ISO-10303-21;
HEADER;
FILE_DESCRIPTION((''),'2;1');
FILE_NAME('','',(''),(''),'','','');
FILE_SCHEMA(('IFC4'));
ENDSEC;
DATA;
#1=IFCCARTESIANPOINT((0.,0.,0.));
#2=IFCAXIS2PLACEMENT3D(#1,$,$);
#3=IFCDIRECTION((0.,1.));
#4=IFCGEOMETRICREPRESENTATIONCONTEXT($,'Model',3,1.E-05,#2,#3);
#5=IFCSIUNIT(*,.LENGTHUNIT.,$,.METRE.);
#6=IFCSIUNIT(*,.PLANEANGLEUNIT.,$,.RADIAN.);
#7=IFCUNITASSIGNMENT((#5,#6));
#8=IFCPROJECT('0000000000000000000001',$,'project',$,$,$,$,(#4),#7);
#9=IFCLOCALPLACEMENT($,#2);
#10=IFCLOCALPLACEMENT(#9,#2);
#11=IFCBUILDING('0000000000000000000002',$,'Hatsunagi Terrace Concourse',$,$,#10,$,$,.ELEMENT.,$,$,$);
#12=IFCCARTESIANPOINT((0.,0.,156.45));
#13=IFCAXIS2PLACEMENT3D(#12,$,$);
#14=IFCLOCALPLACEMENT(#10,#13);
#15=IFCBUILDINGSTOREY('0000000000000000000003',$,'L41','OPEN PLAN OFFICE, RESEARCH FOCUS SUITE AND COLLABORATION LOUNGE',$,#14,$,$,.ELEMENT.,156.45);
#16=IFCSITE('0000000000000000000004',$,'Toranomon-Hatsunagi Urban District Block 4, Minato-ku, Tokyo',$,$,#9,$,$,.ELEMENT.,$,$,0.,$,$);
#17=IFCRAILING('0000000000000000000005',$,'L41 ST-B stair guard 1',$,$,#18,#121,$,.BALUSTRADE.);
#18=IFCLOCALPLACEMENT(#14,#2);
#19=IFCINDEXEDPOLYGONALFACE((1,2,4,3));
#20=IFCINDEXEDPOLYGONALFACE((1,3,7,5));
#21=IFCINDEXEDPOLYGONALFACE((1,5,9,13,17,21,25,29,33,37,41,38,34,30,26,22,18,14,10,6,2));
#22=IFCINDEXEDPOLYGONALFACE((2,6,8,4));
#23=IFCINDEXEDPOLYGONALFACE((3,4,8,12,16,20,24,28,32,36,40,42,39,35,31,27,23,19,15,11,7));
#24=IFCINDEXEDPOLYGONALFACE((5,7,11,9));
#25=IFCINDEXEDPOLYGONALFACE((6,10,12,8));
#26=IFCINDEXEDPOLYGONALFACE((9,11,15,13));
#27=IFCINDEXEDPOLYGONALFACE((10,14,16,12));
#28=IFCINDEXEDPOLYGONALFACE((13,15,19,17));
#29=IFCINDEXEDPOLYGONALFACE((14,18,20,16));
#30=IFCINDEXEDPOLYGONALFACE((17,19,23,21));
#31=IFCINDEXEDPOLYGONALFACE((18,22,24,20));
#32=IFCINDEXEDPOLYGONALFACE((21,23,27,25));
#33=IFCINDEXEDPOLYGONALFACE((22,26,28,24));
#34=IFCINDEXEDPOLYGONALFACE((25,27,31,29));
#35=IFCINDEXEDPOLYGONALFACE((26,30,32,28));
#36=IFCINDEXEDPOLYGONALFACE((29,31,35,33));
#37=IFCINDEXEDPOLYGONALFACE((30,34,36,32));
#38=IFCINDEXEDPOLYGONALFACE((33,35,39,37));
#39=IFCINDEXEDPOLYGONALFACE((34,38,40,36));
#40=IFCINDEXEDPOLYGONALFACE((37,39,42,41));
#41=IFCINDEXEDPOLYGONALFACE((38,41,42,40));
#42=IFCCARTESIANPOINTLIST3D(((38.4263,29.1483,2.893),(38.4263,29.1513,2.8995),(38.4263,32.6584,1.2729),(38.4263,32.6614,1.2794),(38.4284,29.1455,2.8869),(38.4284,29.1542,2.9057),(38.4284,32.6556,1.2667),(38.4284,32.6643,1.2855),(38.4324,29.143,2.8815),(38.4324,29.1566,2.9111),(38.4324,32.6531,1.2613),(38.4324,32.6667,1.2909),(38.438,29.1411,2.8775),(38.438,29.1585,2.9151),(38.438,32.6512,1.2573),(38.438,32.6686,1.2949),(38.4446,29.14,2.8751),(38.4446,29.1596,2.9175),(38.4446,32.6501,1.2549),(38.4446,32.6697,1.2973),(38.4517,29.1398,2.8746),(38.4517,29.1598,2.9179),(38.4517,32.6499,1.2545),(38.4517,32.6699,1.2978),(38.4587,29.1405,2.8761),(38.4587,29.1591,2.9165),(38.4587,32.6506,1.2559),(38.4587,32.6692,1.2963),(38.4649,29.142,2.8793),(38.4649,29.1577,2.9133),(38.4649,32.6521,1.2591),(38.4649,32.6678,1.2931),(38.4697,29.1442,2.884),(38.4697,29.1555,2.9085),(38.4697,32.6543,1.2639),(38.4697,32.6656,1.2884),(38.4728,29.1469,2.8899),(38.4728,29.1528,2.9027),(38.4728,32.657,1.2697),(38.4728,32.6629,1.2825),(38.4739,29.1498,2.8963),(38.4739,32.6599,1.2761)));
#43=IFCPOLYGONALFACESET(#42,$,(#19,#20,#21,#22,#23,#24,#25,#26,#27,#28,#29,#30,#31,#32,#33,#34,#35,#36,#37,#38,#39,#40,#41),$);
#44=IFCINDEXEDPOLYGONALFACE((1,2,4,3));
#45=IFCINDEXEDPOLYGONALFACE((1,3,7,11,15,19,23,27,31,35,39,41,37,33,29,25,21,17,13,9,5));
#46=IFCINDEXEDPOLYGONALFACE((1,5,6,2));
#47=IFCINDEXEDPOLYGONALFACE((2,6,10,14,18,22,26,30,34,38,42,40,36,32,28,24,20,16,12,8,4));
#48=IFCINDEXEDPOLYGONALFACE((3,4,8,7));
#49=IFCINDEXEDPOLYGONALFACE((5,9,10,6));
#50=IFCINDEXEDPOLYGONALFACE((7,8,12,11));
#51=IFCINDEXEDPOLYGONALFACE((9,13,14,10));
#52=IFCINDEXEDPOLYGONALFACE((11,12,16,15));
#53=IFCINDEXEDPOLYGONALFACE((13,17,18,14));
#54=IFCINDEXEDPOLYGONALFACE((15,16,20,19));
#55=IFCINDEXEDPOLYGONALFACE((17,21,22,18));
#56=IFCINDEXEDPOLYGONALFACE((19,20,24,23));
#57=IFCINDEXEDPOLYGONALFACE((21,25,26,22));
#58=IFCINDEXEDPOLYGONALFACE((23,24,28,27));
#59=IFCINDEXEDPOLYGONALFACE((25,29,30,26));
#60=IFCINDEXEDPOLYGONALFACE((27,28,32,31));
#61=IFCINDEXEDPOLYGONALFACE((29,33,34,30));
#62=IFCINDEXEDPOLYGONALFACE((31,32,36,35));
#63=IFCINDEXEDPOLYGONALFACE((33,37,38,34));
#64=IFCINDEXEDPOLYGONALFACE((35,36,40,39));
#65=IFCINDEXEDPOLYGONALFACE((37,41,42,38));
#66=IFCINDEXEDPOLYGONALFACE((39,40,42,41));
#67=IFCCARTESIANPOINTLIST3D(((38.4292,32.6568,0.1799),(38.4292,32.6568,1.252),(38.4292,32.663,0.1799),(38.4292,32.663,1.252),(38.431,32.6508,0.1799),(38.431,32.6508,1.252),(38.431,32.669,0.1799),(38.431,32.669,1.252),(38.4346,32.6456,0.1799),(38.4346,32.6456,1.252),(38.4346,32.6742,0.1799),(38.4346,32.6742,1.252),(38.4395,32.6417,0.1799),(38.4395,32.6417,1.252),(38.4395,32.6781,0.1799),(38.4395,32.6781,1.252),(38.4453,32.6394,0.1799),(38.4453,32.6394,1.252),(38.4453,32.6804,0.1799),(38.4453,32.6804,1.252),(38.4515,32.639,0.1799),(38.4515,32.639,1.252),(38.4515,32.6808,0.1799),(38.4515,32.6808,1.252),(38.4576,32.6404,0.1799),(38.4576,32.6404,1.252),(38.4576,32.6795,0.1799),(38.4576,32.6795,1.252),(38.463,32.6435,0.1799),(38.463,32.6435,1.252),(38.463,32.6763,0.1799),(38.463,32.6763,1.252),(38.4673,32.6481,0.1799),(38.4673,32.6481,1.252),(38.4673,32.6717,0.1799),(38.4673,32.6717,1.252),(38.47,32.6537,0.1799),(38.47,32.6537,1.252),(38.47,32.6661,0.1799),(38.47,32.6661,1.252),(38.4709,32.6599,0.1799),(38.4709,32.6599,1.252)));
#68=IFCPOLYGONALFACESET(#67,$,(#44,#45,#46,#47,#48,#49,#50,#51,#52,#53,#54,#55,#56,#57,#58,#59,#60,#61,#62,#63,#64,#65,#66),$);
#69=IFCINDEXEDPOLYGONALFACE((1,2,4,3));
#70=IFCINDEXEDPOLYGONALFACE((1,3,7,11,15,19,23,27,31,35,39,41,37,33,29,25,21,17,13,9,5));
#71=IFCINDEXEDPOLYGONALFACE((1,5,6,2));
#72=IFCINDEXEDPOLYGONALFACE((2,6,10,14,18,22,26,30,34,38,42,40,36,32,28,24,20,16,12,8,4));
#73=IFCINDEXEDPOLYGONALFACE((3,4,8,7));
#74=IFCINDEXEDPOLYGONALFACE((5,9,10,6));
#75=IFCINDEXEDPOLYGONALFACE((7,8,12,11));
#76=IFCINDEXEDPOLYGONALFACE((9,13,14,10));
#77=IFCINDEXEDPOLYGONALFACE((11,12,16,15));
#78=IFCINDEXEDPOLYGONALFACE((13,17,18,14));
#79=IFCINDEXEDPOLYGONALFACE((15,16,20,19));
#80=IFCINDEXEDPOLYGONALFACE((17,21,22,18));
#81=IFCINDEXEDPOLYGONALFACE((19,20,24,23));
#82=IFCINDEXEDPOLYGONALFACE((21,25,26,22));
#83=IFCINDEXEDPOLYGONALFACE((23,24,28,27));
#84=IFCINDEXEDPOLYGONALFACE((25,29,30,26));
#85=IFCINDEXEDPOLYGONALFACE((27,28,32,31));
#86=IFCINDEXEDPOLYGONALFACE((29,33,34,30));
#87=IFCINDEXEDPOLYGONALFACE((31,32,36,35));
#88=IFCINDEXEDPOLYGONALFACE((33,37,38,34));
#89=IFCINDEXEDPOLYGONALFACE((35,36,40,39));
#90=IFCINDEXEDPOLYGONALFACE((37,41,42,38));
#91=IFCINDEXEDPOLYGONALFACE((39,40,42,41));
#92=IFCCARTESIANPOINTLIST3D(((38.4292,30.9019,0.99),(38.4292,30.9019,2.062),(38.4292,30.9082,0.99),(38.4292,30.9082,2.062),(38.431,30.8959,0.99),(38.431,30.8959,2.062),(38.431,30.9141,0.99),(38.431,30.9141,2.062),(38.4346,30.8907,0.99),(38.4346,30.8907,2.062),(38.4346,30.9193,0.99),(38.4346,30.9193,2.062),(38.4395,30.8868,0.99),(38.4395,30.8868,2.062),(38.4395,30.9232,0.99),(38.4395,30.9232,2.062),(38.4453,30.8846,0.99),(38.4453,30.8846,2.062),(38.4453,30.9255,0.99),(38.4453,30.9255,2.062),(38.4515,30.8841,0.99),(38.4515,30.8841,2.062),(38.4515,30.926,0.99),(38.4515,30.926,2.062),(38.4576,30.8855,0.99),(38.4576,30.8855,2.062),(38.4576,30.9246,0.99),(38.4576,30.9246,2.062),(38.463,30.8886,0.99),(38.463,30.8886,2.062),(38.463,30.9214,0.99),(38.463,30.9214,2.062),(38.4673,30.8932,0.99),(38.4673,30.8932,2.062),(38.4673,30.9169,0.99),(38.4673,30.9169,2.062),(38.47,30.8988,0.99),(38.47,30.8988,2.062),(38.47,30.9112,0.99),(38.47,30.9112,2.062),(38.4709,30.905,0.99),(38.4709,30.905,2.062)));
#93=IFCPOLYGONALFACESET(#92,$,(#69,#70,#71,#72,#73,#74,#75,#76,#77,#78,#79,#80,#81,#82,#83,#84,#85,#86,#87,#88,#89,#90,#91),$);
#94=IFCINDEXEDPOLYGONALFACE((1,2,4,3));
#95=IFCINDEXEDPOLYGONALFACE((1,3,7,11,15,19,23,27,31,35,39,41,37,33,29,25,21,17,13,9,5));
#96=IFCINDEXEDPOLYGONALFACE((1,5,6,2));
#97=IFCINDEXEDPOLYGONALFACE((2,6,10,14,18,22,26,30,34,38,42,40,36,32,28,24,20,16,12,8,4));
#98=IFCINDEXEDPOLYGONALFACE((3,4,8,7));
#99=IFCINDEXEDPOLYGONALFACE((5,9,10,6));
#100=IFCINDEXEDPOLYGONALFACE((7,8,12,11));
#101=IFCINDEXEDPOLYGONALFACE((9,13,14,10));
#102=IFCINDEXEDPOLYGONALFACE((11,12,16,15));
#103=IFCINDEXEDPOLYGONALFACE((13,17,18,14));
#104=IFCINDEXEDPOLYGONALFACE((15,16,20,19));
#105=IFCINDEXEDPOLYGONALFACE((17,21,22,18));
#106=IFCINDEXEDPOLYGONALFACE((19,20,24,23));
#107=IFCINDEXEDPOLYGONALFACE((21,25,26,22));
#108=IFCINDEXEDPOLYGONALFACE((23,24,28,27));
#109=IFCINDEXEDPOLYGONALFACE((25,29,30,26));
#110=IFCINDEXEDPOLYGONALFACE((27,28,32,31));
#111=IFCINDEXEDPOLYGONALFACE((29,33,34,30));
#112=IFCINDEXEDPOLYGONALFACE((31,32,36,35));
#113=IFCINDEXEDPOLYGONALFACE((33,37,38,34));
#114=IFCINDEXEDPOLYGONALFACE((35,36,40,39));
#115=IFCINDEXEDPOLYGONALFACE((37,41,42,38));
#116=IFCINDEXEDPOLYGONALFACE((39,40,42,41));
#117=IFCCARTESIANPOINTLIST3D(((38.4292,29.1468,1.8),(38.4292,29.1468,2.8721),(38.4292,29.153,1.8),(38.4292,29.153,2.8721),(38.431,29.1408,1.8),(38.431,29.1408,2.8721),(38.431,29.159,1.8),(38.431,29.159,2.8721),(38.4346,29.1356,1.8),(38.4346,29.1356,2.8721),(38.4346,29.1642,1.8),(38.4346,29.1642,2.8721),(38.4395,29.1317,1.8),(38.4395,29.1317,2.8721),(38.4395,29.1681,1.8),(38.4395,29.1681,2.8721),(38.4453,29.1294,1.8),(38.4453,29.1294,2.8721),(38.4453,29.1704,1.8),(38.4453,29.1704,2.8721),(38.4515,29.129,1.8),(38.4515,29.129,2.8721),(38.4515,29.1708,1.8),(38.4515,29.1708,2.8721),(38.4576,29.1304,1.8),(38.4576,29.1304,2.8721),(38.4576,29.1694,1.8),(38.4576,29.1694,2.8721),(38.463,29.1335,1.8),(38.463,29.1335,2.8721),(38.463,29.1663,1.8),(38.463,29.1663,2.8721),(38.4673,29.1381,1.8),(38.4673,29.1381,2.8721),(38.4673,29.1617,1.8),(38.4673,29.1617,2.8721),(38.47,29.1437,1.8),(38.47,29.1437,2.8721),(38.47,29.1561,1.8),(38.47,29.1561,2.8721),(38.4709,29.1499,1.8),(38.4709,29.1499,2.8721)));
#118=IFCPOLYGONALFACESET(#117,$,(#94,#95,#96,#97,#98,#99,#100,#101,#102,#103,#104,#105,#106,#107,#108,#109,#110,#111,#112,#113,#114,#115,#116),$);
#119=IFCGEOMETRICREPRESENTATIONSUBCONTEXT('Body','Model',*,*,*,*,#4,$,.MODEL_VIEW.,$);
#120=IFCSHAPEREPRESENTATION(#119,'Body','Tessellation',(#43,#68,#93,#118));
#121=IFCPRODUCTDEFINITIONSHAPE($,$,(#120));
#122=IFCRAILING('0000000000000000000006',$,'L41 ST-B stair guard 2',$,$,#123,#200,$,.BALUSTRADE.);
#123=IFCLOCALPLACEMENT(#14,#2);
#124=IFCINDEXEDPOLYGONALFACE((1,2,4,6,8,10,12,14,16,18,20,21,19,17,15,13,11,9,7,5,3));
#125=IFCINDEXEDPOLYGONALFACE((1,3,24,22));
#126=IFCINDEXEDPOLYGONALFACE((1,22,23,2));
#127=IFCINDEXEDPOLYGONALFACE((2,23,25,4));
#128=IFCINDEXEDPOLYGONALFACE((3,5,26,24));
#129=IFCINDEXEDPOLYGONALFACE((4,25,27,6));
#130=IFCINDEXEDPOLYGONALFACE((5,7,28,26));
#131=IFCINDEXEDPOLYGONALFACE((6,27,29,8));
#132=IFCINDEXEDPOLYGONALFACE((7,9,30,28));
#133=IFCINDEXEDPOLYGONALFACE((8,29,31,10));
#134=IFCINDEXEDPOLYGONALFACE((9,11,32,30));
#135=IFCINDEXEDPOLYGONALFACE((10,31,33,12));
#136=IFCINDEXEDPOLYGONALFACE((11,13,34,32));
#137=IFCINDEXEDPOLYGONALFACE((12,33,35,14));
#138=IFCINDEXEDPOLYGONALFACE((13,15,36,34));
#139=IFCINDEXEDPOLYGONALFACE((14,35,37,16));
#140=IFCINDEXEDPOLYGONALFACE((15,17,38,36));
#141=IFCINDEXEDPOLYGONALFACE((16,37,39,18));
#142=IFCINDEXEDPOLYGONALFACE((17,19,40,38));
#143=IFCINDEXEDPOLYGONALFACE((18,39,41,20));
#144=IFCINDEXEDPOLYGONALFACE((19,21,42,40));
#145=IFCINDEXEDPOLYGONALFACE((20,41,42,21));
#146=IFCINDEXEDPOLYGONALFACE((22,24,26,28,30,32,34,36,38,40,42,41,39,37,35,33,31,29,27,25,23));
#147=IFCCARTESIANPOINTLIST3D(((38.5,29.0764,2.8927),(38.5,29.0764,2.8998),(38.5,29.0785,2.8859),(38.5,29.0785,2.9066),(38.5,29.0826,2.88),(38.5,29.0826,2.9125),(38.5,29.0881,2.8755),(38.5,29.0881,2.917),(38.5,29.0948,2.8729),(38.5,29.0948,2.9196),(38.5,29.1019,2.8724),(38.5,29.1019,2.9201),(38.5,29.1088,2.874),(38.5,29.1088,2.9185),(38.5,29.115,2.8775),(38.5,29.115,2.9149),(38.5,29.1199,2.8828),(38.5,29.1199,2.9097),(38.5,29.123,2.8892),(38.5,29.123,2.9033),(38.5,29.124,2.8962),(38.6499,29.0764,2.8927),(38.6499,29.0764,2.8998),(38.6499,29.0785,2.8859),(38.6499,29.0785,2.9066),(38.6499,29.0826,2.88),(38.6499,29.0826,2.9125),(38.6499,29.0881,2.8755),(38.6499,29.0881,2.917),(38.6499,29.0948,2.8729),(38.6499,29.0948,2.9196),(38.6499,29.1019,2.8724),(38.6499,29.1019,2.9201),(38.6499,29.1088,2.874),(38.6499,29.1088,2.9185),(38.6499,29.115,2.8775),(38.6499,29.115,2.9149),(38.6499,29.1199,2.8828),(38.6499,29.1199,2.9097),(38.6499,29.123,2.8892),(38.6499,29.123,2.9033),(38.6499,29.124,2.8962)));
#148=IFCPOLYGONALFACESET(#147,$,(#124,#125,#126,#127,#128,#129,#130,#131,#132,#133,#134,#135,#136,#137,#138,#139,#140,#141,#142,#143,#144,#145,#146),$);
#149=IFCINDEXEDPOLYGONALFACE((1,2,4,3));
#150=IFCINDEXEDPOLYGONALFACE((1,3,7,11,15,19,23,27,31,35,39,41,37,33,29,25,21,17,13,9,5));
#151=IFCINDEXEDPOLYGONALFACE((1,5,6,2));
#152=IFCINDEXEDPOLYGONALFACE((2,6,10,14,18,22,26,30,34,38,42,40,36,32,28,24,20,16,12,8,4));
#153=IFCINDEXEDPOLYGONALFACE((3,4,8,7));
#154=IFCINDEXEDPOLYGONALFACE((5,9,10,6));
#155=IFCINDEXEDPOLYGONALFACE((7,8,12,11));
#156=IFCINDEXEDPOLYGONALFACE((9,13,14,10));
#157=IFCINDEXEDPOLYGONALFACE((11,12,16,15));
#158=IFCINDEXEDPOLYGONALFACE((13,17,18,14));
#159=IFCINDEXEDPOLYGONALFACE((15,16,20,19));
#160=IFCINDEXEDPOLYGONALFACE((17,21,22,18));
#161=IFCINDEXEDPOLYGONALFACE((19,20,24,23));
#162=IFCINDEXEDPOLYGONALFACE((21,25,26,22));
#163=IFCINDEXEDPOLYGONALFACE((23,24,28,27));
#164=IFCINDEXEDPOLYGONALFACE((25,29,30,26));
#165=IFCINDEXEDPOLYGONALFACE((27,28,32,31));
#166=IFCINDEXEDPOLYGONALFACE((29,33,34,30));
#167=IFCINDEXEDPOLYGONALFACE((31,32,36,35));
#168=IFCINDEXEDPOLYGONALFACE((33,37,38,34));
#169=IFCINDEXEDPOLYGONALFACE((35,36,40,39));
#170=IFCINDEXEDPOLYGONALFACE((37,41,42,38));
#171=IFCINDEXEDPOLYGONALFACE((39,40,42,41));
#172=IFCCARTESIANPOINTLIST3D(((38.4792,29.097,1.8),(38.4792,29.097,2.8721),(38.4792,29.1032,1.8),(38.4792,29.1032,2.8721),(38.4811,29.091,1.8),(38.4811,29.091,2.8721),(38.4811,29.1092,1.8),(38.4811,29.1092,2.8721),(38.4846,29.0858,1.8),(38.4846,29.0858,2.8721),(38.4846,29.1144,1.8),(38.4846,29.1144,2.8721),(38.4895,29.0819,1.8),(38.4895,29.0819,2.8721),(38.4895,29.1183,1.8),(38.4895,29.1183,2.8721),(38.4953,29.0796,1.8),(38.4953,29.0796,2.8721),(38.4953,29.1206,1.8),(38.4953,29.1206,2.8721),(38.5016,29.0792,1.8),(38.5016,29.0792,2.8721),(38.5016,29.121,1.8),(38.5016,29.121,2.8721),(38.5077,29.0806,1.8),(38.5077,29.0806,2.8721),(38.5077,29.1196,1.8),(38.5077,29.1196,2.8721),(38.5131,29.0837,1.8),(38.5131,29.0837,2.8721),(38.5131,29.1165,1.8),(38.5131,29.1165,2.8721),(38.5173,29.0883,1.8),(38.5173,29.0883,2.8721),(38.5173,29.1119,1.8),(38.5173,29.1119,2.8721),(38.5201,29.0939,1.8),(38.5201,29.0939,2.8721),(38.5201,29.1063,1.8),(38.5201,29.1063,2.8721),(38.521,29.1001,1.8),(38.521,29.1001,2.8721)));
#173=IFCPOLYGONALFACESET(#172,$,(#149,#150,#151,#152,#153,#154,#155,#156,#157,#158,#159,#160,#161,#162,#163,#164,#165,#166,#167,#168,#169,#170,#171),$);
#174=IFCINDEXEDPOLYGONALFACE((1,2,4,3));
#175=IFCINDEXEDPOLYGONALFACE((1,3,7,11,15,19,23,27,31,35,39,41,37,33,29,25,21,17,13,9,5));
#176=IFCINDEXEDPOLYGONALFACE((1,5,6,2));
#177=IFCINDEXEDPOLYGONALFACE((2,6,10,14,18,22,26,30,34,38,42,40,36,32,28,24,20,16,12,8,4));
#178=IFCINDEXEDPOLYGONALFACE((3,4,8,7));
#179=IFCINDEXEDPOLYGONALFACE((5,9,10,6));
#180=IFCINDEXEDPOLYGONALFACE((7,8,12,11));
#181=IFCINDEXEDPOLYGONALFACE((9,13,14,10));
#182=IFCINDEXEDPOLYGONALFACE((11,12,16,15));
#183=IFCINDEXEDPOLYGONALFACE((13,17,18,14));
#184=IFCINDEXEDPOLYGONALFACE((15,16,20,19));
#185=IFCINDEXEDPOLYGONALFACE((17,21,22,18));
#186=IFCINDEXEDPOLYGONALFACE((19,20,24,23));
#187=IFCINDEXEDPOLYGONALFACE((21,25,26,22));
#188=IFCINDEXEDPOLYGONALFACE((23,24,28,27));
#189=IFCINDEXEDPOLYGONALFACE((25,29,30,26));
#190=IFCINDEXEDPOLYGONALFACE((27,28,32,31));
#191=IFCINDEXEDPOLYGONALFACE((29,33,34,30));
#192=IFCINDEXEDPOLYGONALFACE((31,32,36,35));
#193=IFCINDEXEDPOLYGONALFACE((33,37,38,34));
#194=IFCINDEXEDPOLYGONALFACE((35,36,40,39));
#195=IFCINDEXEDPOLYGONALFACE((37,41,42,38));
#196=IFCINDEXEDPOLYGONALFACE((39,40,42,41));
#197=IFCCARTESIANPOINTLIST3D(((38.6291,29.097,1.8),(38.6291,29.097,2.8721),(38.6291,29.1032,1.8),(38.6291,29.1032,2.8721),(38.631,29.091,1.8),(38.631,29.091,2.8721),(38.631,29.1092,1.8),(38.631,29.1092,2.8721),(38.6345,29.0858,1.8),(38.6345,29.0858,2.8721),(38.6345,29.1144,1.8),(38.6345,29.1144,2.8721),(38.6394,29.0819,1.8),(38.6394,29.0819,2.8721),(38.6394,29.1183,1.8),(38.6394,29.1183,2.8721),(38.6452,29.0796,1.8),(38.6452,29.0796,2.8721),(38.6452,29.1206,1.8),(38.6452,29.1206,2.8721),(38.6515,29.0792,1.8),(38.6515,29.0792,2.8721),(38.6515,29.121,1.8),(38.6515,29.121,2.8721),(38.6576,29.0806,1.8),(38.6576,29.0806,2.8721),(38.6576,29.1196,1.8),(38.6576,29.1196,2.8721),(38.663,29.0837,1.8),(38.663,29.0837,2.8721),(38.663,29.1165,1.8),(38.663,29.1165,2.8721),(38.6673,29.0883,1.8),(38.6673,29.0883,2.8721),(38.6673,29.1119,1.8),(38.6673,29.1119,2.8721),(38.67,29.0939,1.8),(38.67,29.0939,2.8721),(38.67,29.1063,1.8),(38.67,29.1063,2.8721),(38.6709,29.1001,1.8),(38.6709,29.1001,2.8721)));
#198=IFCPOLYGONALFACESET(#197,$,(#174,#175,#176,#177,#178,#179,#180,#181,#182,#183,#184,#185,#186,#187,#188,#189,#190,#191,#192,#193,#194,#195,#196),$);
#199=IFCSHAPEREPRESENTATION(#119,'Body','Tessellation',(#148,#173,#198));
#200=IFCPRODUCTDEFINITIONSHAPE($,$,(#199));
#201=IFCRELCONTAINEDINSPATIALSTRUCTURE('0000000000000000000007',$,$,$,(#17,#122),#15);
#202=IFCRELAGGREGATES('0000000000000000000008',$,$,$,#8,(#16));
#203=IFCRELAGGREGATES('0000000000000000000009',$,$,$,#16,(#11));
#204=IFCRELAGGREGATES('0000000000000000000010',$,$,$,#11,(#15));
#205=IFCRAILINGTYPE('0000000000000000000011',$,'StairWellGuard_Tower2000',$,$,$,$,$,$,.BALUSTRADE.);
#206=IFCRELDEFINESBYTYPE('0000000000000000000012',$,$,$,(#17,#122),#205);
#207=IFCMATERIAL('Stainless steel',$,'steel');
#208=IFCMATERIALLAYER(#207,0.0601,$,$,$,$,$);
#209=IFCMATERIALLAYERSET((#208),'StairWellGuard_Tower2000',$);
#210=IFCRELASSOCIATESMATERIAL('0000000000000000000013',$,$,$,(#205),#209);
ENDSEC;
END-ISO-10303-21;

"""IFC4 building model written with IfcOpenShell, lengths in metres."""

from ifc_helpers import new_model, si_unit, direction, frame, origin, origin_2d, place, context, subcontext, project, spatial, circle, extrude, material, layer, layer_set, type_object, element, save


model = new_model("IFC4")

# Units and contexts
model_context = context("Model", 3, precision=1e-05, world=origin(), true_north=direction((0.0, 1.0)))
body_context = subcontext(model_context, "Body", "Model", "MODEL_VIEW")
ifc_project = project(units=[si_unit("LENGTHUNIT", "METRE"), si_unit("PLANEANGLEUNIT", "RADIAN")], contexts=[model_context])

# Site, building, storey
site_placement = place(None, origin())
site = spatial("IfcSite", under=ifc_project, at=site_placement, Name="Toranomon-Hatsunagi Urban District Block 4, Minato-ku, Tokyo", CompositionType="ELEMENT", RefElevation=0.0)
building_placement = place(site_placement, origin())
building = spatial("IfcBuilding", under=site, at=building_placement, Name="Hatsunagi Terrace Concourse", CompositionType="ELEMENT")
storey_placement = place(building_placement, frame((0.0, 0.0, 156.45)))
storey = spatial("IfcBuildingStorey", under=building, at=storey_placement, Name="L41", Description="OPEN PLAN OFFICE, RESEARCH FOCUS SUITE AND COLLABORATION LOUNGE", CompositionType="ELEMENT", Elevation=156.45)

# Railings
ifc_material_1 = material(Name="Stainless steel", Category="steel")
ifc_layer_1 = layer(ifc_material_1, 0.0601)
ifc_layer_set_1 = layer_set([ifc_layer_1], Name="StairWellGuard_Tower2000")
railing_type_1 = type_object("IfcRailingType", Name="StairWellGuard_Tower2000", PredefinedType="BALUSTRADE", material=ifc_layer_set_1)
railing_1_placement = place(storey_placement, frame((38.45, 32.6599, 0.1799)))
element("IfcRailing", 1, at=railing_1_placement, inside=storey, type_object=railing_type_1, Name="L41 ST-B stair guard 1", PredefinedType="BALUSTRADE", context=body_context, shape_type="SweptSolid", body=[
    extrude(circle(Radius=0.0239, at=origin_2d()), frame((0.0, 0.0, 1.0962), z_axis=(0.0, -0.907948, 0.419082), x_axis=(1.0, 0.0, 0.0)), (0.0, 0.0, 1.0), 3.866),
    extrude(circle(Radius=0.021, at=origin_2d()), origin(), (0.0, 0.0, 1.0), 1.072),
    extrude(circle(Radius=0.021, at=origin_2d()), frame((0.0, -1.7549, 0.8101)), (0.0, 0.0, 1.0), 1.072),
    extrude(circle(Radius=0.021, at=origin_2d()), frame((0.0, -3.51, 1.6201)), (0.0, 0.0, 1.0), 1.072),
])
railing_2_placement = place(storey_placement, frame((38.5, 29.1001, 1.8)))
element("IfcRailing", 2, at=railing_2_placement, inside=storey, type_object=railing_type_1, Name="L41 ST-B stair guard 2", PredefinedType="BALUSTRADE", context=body_context, shape_type="SweptSolid", body=[
    extrude(circle(Radius=0.0239, at=origin_2d()), frame((0.0, 0.0, 1.0962), z_axis=(1.0, 0.0, 0.0), x_axis=(0.0, 1.0, 0.0)), (0.0, 0.0, 1.0), 0.1499),
    extrude(circle(Radius=0.021, at=origin_2d()), origin(), (0.0, 0.0, 1.0), 1.072),
    extrude(circle(Radius=0.021, at=origin_2d()), frame((0.1499, 0.0, 0.0)), (0.0, 0.0, 1.0), 1.072),
])

save(model, "model.ifc")
